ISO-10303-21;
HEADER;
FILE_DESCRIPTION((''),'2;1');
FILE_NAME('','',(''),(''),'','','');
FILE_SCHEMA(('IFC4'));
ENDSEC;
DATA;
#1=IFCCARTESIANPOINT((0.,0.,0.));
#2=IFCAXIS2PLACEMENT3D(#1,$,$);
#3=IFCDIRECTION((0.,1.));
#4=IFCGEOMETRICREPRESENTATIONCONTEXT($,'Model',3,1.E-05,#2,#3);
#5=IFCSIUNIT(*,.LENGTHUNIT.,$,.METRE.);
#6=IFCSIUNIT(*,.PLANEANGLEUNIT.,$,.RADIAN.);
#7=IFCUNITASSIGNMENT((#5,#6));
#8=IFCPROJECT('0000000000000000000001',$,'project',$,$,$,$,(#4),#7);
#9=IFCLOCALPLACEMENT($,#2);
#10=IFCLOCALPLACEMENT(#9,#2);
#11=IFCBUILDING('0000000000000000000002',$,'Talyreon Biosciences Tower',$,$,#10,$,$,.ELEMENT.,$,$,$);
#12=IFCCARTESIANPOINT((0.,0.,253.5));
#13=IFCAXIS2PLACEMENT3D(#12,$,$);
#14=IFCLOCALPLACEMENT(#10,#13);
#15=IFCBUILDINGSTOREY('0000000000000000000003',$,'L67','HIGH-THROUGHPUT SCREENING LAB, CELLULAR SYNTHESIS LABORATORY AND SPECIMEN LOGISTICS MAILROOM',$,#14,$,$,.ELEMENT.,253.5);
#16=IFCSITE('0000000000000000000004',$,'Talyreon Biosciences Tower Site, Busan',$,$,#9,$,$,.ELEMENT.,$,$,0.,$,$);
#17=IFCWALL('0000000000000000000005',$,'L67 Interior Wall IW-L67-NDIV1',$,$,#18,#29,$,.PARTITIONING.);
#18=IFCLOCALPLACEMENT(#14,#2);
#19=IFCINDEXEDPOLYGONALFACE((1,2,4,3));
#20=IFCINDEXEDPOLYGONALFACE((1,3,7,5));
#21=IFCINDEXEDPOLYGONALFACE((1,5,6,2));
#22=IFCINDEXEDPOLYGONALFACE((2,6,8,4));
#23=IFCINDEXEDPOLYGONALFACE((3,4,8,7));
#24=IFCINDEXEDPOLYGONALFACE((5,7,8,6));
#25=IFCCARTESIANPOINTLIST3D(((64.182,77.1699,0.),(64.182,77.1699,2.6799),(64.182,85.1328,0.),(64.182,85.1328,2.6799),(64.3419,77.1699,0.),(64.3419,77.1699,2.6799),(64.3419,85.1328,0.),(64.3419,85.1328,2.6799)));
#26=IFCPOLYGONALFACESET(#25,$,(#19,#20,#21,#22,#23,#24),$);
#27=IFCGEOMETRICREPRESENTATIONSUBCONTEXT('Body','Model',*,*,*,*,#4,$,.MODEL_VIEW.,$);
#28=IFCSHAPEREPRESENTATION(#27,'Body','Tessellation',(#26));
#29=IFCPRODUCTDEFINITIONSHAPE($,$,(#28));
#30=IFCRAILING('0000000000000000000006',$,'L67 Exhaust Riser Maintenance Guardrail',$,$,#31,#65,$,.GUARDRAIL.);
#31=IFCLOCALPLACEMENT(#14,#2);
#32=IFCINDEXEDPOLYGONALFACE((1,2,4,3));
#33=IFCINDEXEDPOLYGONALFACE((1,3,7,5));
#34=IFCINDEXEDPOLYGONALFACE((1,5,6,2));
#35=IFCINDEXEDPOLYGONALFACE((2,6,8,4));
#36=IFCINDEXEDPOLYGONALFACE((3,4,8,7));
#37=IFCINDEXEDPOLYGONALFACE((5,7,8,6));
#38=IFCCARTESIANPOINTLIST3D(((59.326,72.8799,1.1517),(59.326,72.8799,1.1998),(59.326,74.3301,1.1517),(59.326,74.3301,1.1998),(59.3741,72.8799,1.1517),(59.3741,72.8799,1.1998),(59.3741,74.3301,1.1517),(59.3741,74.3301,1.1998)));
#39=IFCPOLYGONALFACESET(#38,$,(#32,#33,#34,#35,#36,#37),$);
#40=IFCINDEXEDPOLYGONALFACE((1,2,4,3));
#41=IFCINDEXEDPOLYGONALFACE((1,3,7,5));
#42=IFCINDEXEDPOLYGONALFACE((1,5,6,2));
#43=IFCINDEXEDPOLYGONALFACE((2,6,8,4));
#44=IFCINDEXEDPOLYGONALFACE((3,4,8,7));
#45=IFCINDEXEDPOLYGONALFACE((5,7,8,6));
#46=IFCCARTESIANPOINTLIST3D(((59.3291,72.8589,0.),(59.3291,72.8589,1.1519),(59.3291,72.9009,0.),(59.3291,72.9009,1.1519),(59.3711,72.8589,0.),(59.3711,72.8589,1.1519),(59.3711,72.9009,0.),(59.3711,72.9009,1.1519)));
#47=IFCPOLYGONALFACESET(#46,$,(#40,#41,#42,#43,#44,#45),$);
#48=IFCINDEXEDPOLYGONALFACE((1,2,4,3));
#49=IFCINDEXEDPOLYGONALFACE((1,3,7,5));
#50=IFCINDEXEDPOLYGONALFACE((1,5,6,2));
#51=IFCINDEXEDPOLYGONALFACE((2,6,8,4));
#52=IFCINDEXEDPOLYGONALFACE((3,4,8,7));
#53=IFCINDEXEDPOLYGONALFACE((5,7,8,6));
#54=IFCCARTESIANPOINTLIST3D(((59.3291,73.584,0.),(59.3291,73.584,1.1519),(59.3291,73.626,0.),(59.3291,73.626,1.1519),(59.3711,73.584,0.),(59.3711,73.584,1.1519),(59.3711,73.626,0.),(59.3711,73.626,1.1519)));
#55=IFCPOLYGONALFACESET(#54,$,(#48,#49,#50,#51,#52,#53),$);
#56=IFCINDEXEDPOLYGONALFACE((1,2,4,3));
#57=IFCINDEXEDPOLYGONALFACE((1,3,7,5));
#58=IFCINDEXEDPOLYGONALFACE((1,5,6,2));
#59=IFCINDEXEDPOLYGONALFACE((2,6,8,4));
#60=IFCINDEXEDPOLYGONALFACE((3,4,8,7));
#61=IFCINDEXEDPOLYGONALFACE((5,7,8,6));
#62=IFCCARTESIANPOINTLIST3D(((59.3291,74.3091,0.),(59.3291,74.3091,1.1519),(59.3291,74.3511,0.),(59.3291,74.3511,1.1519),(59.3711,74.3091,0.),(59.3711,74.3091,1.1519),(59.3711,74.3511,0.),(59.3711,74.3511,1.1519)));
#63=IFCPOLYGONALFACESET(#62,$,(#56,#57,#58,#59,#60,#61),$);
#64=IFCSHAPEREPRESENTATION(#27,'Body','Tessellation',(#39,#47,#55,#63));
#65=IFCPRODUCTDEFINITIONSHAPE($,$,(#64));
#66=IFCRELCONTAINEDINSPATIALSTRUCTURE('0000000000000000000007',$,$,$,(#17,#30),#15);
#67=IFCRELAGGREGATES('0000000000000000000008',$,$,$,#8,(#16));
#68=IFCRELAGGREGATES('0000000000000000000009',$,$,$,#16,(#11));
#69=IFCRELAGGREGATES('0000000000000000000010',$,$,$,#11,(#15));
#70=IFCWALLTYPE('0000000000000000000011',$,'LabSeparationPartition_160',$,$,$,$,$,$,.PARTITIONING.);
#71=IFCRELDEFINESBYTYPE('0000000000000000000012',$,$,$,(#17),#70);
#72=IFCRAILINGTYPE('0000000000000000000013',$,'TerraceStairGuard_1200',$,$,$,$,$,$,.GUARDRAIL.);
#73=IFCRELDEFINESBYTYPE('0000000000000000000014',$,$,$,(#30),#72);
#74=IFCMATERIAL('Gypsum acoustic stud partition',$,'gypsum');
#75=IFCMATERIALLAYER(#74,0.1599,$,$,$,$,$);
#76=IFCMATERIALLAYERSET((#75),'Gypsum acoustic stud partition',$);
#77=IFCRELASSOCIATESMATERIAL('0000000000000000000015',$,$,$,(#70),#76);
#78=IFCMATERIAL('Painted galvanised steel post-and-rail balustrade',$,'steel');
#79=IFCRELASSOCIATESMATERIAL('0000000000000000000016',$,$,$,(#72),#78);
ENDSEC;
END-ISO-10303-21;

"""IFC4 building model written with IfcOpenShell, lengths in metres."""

from ifc_helpers import new_model, si_unit, direction, frame, frame_2d, origin, origin_2d, place, context, subcontext, project, spatial, rectangle, extrude, material, layer, layer_set, type_object, element, save


model = new_model("IFC4")

# Units and contexts
model_context = context("Model", 3, precision=1e-05, world=origin(), true_north=direction((0.0, 1.0)))
body_context = subcontext(model_context, "Body", "Model", "MODEL_VIEW")
ifc_project = project(units=[si_unit("LENGTHUNIT", "METRE"), si_unit("PLANEANGLEUNIT", "RADIAN")], contexts=[model_context])

# Site, building, storey
site_placement = place(None, origin())
site = spatial("IfcSite", under=ifc_project, at=site_placement, Name="Talyreon Biosciences Tower Site, Busan", CompositionType="ELEMENT", RefElevation=0.0)
building_placement = place(site_placement, origin())
building = spatial("IfcBuilding", under=site, at=building_placement, Name="Talyreon Biosciences Tower", CompositionType="ELEMENT")
storey_placement = place(building_placement, frame((0.0, 0.0, 253.5)))
storey = spatial("IfcBuildingStorey", under=building, at=storey_placement, Name="L67", Description="HIGH-THROUGHPUT SCREENING LAB, CELLULAR SYNTHESIS LABORATORY AND SPECIMEN LOGISTICS MAILROOM", CompositionType="ELEMENT", Elevation=253.5)

# Wall
ifc_material_1 = material(Name="Gypsum acoustic stud partition", Category="gypsum")
ifc_layer_1 = layer(ifc_material_1, 0.1599)
ifc_layer_set_1 = layer_set([ifc_layer_1], Name="Gypsum acoustic stud partition")
wall_type_1 = type_object("IfcWallType", Name="LabSeparationPartition_160", PredefinedType="PARTITIONING", material=ifc_layer_set_1)
wall_1_placement = place(storey_placement, frame((64.262, 77.1699, 0.0), z_axis=(0.0, 0.0, 1.0), x_axis=(0.0, 1.0, 0.0)))
element("IfcWall", 1, at=wall_1_placement, inside=storey, type_object=wall_type_1, Name="L67 Interior Wall IW-L67-NDIV1", PredefinedType="PARTITIONING", context=body_context, shape_type="SweptSolid", body=[
    extrude(rectangle(XDim=7.9629, YDim=0.1599, at=frame_2d((3.9814, 0.0))), origin(), (0.0, 0.0, 1.0), 2.6799),
])

# Railing
ifc_material_2 = material(Name="Painted galvanised steel post-and-rail balustrade", Category="steel")
railing_type = type_object("IfcRailingType", Name="TerraceStairGuard_1200", PredefinedType="GUARDRAIL", material=ifc_material_2)
railing_placement = place(storey_placement, frame((59.3501, 72.8799, 0.0)))
element("IfcRailing", 2, at=railing_placement, inside=storey, type_object=railing_type, Name="L67 Exhaust Riser Maintenance Guardrail", PredefinedType="GUARDRAIL", context=body_context, shape_type="SweptSolid", body=[
    extrude(rectangle(XDim=0.0481, YDim=0.0481, at=origin_2d()), frame((0.0, 0.0, 1.1758), z_axis=(0.0, 1.0, 0.0), x_axis=(-1.0, 0.0, 0.0)), (0.0, 0.0, 1.0), 1.4502),
    extrude(rectangle(XDim=0.042, YDim=0.042, at=origin_2d()), origin(), (0.0, 0.0, 1.0), 1.1519),
    extrude(rectangle(XDim=0.042, YDim=0.042, at=origin_2d()), frame((0.0, 0.7251, 0.0)), (0.0, 0.0, 1.0), 1.1519),
    extrude(rectangle(XDim=0.042, YDim=0.042, at=origin_2d()), frame((0.0, 1.4502, 0.0)), (0.0, 0.0, 1.0), 1.1519),
])

save(model, "model.ifc")
